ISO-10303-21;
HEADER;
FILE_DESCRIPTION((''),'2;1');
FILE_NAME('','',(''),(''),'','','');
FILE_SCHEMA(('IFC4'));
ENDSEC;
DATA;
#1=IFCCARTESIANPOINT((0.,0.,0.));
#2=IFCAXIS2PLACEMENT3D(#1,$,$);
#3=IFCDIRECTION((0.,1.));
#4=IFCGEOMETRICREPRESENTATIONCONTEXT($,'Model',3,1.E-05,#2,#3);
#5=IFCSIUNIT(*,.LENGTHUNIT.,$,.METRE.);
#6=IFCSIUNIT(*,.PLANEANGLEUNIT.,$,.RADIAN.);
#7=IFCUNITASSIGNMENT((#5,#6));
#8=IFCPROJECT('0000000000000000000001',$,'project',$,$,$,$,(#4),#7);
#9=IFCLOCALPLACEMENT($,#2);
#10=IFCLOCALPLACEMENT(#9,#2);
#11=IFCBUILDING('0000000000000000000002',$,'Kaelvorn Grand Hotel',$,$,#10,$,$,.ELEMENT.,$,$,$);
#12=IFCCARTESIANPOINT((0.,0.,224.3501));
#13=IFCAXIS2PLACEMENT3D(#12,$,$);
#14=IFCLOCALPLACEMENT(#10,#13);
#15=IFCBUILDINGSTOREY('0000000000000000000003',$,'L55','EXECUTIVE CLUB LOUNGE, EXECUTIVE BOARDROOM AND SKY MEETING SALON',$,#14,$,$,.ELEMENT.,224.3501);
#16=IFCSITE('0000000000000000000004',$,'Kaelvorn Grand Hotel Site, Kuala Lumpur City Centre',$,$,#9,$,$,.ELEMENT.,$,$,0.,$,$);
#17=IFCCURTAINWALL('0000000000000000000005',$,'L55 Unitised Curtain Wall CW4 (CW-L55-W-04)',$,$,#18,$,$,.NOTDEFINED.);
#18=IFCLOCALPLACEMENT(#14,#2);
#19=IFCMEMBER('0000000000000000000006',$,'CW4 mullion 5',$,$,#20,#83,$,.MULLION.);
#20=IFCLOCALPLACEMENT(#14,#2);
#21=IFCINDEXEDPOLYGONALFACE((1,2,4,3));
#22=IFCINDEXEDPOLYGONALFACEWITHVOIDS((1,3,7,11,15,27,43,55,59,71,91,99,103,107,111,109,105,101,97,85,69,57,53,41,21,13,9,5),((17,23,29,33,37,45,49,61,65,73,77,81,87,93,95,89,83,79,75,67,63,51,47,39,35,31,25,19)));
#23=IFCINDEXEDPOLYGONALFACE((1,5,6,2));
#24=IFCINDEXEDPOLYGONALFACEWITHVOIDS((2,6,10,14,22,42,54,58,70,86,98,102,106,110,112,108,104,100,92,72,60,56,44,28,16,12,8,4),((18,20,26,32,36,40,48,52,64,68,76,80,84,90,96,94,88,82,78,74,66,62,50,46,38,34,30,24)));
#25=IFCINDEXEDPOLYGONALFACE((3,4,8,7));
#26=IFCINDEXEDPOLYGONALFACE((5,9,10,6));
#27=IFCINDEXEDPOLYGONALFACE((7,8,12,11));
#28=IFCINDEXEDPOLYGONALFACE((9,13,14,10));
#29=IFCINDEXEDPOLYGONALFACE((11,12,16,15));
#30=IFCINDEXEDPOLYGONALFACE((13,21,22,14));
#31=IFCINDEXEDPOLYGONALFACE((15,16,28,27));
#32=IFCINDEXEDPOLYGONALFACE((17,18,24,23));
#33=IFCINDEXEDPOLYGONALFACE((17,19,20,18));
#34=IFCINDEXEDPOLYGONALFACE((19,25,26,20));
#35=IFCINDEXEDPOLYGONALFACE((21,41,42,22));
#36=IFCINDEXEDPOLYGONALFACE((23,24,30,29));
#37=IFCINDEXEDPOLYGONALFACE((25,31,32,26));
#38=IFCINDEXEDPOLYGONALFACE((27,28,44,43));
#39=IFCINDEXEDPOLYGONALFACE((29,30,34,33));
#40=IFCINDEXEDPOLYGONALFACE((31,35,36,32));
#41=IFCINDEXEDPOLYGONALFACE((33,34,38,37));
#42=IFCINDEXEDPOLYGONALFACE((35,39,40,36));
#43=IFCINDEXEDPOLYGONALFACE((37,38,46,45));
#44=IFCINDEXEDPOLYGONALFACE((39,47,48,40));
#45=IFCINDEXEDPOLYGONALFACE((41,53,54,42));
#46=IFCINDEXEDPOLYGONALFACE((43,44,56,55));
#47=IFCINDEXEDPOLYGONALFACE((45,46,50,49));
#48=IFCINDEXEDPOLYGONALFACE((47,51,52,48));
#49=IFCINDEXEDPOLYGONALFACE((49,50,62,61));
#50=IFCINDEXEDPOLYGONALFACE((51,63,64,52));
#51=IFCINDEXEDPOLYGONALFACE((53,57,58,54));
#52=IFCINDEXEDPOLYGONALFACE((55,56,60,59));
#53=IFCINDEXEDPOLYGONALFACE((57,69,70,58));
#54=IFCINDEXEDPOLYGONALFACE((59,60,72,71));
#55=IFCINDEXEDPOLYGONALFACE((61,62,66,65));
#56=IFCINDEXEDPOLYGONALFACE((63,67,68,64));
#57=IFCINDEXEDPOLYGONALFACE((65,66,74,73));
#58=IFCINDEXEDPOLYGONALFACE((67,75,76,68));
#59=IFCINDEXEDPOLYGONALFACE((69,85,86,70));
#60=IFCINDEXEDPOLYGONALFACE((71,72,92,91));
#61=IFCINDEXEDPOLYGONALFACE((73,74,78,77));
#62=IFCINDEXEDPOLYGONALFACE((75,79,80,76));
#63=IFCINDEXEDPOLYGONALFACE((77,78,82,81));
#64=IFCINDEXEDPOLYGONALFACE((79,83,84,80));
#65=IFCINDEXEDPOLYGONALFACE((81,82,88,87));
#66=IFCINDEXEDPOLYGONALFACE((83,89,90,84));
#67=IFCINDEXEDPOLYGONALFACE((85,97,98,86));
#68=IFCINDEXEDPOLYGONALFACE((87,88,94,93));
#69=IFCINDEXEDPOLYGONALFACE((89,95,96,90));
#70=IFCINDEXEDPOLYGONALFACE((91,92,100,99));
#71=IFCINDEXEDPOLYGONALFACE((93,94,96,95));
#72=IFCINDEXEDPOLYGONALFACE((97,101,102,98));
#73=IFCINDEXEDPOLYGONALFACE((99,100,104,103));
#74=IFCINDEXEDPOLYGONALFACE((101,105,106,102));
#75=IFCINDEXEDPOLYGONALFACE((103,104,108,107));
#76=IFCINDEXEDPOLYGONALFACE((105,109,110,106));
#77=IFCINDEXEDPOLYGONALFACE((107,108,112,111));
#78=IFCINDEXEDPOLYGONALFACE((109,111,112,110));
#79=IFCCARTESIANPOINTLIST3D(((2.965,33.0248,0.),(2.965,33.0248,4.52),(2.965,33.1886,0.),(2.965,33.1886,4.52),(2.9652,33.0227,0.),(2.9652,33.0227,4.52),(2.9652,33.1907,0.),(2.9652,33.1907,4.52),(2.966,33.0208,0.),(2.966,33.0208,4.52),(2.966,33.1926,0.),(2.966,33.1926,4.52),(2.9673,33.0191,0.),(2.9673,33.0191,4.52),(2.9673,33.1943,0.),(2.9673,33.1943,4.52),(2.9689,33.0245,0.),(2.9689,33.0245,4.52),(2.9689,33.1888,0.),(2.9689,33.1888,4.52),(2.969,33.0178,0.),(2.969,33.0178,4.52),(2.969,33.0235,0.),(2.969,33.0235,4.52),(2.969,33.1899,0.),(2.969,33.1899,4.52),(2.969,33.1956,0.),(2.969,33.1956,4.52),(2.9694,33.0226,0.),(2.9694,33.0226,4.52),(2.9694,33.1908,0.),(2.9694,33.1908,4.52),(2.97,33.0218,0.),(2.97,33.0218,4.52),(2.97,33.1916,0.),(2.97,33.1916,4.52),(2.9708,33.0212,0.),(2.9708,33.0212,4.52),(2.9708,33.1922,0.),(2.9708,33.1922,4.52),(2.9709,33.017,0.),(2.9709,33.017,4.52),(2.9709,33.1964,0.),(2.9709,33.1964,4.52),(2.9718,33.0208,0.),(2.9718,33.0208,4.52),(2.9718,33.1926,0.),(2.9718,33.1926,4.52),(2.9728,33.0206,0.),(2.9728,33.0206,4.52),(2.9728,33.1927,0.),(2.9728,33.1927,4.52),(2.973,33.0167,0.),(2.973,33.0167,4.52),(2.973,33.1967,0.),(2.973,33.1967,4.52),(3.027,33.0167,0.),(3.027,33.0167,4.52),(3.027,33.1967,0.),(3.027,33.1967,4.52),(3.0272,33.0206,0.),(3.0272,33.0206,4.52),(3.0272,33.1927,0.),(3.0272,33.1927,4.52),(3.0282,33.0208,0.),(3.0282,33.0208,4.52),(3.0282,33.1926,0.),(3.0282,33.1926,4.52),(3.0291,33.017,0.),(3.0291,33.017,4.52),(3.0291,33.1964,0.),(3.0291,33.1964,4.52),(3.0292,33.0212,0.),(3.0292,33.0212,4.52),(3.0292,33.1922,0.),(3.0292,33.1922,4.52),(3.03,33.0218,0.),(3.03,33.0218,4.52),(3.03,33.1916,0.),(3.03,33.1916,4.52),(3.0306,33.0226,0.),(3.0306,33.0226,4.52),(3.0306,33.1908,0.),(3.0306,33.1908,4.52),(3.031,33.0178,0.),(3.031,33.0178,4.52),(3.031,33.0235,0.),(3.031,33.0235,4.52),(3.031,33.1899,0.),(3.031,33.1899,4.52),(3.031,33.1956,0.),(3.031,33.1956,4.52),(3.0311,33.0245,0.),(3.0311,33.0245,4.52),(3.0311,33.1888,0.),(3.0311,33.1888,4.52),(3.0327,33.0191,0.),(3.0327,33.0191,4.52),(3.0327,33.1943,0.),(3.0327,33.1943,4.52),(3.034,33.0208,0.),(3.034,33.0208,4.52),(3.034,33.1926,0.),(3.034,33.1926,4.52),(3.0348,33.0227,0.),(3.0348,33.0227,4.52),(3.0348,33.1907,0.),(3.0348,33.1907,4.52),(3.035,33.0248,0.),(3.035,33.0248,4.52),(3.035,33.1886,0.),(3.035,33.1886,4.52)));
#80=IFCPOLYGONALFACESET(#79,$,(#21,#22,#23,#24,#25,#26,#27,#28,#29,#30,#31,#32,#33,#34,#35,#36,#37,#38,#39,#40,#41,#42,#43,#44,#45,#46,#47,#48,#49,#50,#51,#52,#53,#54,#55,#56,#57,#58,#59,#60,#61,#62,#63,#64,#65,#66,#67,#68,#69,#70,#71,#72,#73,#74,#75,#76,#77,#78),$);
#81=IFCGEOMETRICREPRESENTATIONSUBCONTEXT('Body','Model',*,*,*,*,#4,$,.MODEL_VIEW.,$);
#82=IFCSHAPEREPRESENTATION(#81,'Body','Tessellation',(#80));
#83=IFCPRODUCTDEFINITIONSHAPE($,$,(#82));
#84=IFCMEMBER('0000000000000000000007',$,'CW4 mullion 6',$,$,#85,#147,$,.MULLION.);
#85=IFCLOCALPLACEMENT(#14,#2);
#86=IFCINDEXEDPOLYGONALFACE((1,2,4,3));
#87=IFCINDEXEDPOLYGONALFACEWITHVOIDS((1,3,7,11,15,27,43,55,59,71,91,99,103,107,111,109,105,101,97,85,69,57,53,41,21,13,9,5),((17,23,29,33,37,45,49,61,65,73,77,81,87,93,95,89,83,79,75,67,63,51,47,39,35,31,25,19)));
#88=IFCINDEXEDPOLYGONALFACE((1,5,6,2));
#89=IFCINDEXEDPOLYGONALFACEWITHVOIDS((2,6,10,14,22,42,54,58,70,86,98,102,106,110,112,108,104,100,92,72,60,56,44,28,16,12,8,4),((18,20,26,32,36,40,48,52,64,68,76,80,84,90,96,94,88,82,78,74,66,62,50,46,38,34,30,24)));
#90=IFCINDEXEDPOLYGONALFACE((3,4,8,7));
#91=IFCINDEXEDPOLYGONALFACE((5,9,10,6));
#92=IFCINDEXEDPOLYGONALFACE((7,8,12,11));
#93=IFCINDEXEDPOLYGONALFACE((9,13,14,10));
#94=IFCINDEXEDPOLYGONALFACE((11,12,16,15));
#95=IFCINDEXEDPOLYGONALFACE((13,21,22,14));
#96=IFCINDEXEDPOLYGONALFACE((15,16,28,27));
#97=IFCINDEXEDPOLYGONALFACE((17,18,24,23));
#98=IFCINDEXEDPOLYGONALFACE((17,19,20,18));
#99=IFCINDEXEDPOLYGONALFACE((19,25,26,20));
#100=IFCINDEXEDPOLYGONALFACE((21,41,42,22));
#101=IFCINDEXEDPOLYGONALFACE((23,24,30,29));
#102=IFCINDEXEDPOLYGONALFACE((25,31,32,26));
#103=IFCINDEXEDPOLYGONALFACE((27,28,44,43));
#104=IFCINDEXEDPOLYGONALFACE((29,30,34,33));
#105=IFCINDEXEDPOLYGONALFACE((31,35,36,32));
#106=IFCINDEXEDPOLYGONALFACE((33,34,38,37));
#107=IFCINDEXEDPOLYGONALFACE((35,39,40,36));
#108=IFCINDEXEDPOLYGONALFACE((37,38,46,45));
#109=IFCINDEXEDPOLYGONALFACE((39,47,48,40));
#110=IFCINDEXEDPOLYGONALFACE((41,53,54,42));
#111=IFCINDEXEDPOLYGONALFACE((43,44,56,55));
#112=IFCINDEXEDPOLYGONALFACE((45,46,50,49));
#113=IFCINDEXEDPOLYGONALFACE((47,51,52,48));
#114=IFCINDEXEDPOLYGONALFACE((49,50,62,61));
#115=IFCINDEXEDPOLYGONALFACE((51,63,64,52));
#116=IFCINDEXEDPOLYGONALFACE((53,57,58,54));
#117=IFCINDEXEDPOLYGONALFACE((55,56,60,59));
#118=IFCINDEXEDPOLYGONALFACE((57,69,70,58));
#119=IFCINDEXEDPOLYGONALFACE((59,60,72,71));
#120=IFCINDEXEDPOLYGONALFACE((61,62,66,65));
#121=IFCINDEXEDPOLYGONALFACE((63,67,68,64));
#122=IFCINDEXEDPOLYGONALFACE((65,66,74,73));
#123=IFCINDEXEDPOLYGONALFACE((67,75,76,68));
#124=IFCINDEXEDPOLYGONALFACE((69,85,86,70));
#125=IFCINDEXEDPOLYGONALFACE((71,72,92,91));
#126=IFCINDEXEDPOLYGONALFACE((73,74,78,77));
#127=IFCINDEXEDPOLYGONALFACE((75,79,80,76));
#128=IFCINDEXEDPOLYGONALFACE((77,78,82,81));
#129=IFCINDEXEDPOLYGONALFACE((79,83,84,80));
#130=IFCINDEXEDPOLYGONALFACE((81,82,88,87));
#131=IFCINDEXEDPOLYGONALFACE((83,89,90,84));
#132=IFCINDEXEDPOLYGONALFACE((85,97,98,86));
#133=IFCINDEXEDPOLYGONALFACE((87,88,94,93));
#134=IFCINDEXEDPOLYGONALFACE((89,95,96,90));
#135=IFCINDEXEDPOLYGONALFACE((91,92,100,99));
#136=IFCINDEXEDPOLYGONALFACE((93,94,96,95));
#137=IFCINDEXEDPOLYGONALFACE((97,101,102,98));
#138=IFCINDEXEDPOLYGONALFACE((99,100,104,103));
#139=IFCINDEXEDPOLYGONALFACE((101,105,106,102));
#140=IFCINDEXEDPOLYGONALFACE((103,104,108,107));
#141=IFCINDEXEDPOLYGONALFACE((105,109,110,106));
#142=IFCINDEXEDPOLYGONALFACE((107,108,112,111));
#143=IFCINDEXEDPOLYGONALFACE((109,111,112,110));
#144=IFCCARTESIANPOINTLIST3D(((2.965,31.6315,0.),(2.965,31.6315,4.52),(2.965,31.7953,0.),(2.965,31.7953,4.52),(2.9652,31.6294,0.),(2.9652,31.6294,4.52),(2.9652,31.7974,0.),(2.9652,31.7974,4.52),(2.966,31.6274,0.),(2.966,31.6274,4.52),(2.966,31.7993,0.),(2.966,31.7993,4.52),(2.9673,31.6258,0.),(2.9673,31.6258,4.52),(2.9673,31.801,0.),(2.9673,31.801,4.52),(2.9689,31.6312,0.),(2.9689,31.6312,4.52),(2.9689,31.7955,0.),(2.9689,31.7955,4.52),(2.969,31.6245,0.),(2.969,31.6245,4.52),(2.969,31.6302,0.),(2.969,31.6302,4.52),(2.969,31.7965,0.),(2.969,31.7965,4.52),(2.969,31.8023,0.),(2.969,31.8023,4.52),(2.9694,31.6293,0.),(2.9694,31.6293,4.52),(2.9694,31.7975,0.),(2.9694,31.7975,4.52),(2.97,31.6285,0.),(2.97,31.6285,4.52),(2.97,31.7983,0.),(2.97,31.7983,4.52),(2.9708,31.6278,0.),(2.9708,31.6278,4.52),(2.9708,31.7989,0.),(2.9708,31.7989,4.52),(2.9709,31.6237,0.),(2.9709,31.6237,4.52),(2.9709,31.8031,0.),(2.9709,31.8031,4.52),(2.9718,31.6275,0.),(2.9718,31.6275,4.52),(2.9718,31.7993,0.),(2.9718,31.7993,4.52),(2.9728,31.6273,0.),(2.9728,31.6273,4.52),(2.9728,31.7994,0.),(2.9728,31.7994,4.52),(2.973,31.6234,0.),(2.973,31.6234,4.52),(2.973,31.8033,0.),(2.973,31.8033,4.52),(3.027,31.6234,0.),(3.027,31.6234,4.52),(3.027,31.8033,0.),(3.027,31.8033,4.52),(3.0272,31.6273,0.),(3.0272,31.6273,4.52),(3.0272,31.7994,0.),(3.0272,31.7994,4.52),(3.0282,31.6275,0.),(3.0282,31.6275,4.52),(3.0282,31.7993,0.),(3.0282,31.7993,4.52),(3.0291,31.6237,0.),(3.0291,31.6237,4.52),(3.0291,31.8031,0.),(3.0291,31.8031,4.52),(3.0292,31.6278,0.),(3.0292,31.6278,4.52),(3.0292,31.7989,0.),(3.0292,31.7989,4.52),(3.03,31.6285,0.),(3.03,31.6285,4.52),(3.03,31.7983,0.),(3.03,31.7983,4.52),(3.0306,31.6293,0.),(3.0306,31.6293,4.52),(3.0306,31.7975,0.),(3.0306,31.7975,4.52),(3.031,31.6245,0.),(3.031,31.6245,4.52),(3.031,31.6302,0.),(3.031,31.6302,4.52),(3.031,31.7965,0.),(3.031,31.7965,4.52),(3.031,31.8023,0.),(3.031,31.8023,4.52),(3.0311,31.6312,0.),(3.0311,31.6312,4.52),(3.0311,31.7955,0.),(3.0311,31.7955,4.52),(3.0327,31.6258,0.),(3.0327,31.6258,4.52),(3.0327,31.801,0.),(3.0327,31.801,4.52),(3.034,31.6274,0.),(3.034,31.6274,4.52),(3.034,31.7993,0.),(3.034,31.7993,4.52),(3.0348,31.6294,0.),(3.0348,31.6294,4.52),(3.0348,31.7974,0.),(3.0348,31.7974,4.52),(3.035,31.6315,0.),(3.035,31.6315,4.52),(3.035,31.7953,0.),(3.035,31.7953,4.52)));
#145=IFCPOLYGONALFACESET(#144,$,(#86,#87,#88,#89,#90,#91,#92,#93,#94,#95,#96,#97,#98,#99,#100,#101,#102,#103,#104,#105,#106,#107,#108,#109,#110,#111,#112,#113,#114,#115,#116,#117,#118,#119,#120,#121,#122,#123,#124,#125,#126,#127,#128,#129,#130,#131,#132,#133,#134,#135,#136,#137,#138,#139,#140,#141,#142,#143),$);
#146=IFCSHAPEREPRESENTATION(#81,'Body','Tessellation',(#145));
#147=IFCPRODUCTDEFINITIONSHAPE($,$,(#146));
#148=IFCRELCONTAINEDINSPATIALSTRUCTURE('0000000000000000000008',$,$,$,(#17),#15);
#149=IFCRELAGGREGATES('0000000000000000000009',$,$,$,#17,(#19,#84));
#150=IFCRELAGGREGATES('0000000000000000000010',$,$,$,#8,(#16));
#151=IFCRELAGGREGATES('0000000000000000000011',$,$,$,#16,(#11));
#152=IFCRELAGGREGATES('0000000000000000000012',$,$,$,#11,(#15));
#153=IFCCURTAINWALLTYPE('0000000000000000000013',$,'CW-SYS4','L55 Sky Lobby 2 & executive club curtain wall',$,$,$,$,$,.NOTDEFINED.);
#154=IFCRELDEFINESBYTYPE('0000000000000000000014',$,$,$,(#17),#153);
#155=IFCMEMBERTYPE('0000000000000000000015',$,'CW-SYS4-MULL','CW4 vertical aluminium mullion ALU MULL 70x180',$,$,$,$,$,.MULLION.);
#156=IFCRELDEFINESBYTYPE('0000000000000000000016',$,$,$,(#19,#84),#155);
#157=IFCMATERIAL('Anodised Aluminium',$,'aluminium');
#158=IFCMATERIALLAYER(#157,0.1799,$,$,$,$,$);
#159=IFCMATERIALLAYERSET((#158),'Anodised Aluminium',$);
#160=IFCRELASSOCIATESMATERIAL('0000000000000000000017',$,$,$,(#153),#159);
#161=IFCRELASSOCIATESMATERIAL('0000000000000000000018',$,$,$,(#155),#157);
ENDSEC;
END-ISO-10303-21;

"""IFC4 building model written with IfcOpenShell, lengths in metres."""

from ifc_helpers import new_model, si_unit, direction, frame, origin, origin_2d, place, context, subcontext, project, spatial, hollow_rectangle, extrude, material, layer, layer_set, material_profile, profile_set, type_object, element, aggregate, save


model = new_model("IFC4")

# Units and contexts
model_context = context("Model", 3, precision=1e-05, world=origin(), true_north=direction((0.0, 1.0)))
body_context = subcontext(model_context, "Body", "Model", "MODEL_VIEW")
ifc_project = project(units=[si_unit("LENGTHUNIT", "METRE"), si_unit("PLANEANGLEUNIT", "RADIAN")], contexts=[model_context])

# Site, building, storey
site_placement = place(None, origin())
site = spatial("IfcSite", under=ifc_project, at=site_placement, Name="Kaelvorn Grand Hotel Site, Kuala Lumpur City Centre", CompositionType="ELEMENT", RefElevation=0.0)
building_placement = place(site_placement, origin())
building = spatial("IfcBuilding", under=site, at=building_placement, Name="Kaelvorn Grand Hotel", CompositionType="ELEMENT")
storey_placement = place(building_placement, frame((0.0, 0.0, 224.3501)))
storey = spatial("IfcBuildingStorey", under=building, at=storey_placement, Name="L55", Description="EXECUTIVE CLUB LOUNGE, EXECUTIVE BOARDROOM AND SKY MEETING SALON", CompositionType="ELEMENT", Elevation=224.3501)

# Curtain wall, members
ifc_material_1 = material(Name="Anodised Aluminium", Category="aluminium")
ifc_layer_1 = layer(ifc_material_1, 0.1799)
ifc_layer_set_1 = layer_set([ifc_layer_1], Name="Anodised Aluminium")
curtain_wall_type = type_object("IfcCurtainWallType", Name="CW-SYS4", Description="L55 Sky Lobby 2 & executive club curtain wall", PredefinedType="NOTDEFINED", material=ifc_layer_set_1)
curtain_wall_placement = place(storey_placement, origin())
curtain_wall = element("IfcCurtainWall", 1, at=curtain_wall_placement, inside=storey, type_object=curtain_wall_type, Name="L55 Unitised Curtain Wall CW4 (CW-L55-W-04)", PredefinedType="NOTDEFINED")
ifc_material_profile_1 = material_profile(ifc_material_1, hollow_rectangle(XDim=0.0701, YDim=0.1799, WallThickness=0.0039, InnerFilletRadius=0.0039, OuterFilletRadius=0.0081, at=origin_2d()), Name="ALU MULL 70x180")
ifc_profile_set_1 = profile_set([ifc_material_profile_1], Name="Anodised Aluminium")
member_type_1 = type_object("IfcMemberType", Name="CW-SYS4-MULL", Description="CW4 vertical aluminium mullion ALU MULL 70x180", PredefinedType="MULLION", material=ifc_profile_set_1)
member_1_placement = place(storey_placement, frame((3.0, 33.1067, 0.0), z_axis=(0.0, 0.0, 1.0), x_axis=(1.0, 0.0, 0.0)))
member_1 = element("IfcMember", 2, at=member_1_placement, type_object=member_type_1, Name="CW4 mullion 5", PredefinedType="MULLION", context=body_context, shape_type="SweptSolid", body=[
    extrude(hollow_rectangle(XDim=0.0701, YDim=0.1799, WallThickness=0.0039, InnerFilletRadius=0.0039, OuterFilletRadius=0.0081, at=origin_2d()), origin(), (0.0, 0.0, 1.0), 4.52),
])
member_2_placement = place(storey_placement, frame((3.0, 31.7134, 0.0), z_axis=(0.0, 0.0, 1.0), x_axis=(1.0, 0.0, 0.0)))
member_2 = element("IfcMember", 3, at=member_2_placement, type_object=member_type_1, Name="CW4 mullion 6", PredefinedType="MULLION", context=body_context, shape_type="SweptSolid", body=[
    extrude(hollow_rectangle(XDim=0.0701, YDim=0.1799, WallThickness=0.0039, InnerFilletRadius=0.0039, OuterFilletRadius=0.0081, at=origin_2d()), origin(), (0.0, 0.0, 1.0), 4.52),
])
aggregate(curtain_wall, [member_1, member_2])

save(model, "model.ifc")
